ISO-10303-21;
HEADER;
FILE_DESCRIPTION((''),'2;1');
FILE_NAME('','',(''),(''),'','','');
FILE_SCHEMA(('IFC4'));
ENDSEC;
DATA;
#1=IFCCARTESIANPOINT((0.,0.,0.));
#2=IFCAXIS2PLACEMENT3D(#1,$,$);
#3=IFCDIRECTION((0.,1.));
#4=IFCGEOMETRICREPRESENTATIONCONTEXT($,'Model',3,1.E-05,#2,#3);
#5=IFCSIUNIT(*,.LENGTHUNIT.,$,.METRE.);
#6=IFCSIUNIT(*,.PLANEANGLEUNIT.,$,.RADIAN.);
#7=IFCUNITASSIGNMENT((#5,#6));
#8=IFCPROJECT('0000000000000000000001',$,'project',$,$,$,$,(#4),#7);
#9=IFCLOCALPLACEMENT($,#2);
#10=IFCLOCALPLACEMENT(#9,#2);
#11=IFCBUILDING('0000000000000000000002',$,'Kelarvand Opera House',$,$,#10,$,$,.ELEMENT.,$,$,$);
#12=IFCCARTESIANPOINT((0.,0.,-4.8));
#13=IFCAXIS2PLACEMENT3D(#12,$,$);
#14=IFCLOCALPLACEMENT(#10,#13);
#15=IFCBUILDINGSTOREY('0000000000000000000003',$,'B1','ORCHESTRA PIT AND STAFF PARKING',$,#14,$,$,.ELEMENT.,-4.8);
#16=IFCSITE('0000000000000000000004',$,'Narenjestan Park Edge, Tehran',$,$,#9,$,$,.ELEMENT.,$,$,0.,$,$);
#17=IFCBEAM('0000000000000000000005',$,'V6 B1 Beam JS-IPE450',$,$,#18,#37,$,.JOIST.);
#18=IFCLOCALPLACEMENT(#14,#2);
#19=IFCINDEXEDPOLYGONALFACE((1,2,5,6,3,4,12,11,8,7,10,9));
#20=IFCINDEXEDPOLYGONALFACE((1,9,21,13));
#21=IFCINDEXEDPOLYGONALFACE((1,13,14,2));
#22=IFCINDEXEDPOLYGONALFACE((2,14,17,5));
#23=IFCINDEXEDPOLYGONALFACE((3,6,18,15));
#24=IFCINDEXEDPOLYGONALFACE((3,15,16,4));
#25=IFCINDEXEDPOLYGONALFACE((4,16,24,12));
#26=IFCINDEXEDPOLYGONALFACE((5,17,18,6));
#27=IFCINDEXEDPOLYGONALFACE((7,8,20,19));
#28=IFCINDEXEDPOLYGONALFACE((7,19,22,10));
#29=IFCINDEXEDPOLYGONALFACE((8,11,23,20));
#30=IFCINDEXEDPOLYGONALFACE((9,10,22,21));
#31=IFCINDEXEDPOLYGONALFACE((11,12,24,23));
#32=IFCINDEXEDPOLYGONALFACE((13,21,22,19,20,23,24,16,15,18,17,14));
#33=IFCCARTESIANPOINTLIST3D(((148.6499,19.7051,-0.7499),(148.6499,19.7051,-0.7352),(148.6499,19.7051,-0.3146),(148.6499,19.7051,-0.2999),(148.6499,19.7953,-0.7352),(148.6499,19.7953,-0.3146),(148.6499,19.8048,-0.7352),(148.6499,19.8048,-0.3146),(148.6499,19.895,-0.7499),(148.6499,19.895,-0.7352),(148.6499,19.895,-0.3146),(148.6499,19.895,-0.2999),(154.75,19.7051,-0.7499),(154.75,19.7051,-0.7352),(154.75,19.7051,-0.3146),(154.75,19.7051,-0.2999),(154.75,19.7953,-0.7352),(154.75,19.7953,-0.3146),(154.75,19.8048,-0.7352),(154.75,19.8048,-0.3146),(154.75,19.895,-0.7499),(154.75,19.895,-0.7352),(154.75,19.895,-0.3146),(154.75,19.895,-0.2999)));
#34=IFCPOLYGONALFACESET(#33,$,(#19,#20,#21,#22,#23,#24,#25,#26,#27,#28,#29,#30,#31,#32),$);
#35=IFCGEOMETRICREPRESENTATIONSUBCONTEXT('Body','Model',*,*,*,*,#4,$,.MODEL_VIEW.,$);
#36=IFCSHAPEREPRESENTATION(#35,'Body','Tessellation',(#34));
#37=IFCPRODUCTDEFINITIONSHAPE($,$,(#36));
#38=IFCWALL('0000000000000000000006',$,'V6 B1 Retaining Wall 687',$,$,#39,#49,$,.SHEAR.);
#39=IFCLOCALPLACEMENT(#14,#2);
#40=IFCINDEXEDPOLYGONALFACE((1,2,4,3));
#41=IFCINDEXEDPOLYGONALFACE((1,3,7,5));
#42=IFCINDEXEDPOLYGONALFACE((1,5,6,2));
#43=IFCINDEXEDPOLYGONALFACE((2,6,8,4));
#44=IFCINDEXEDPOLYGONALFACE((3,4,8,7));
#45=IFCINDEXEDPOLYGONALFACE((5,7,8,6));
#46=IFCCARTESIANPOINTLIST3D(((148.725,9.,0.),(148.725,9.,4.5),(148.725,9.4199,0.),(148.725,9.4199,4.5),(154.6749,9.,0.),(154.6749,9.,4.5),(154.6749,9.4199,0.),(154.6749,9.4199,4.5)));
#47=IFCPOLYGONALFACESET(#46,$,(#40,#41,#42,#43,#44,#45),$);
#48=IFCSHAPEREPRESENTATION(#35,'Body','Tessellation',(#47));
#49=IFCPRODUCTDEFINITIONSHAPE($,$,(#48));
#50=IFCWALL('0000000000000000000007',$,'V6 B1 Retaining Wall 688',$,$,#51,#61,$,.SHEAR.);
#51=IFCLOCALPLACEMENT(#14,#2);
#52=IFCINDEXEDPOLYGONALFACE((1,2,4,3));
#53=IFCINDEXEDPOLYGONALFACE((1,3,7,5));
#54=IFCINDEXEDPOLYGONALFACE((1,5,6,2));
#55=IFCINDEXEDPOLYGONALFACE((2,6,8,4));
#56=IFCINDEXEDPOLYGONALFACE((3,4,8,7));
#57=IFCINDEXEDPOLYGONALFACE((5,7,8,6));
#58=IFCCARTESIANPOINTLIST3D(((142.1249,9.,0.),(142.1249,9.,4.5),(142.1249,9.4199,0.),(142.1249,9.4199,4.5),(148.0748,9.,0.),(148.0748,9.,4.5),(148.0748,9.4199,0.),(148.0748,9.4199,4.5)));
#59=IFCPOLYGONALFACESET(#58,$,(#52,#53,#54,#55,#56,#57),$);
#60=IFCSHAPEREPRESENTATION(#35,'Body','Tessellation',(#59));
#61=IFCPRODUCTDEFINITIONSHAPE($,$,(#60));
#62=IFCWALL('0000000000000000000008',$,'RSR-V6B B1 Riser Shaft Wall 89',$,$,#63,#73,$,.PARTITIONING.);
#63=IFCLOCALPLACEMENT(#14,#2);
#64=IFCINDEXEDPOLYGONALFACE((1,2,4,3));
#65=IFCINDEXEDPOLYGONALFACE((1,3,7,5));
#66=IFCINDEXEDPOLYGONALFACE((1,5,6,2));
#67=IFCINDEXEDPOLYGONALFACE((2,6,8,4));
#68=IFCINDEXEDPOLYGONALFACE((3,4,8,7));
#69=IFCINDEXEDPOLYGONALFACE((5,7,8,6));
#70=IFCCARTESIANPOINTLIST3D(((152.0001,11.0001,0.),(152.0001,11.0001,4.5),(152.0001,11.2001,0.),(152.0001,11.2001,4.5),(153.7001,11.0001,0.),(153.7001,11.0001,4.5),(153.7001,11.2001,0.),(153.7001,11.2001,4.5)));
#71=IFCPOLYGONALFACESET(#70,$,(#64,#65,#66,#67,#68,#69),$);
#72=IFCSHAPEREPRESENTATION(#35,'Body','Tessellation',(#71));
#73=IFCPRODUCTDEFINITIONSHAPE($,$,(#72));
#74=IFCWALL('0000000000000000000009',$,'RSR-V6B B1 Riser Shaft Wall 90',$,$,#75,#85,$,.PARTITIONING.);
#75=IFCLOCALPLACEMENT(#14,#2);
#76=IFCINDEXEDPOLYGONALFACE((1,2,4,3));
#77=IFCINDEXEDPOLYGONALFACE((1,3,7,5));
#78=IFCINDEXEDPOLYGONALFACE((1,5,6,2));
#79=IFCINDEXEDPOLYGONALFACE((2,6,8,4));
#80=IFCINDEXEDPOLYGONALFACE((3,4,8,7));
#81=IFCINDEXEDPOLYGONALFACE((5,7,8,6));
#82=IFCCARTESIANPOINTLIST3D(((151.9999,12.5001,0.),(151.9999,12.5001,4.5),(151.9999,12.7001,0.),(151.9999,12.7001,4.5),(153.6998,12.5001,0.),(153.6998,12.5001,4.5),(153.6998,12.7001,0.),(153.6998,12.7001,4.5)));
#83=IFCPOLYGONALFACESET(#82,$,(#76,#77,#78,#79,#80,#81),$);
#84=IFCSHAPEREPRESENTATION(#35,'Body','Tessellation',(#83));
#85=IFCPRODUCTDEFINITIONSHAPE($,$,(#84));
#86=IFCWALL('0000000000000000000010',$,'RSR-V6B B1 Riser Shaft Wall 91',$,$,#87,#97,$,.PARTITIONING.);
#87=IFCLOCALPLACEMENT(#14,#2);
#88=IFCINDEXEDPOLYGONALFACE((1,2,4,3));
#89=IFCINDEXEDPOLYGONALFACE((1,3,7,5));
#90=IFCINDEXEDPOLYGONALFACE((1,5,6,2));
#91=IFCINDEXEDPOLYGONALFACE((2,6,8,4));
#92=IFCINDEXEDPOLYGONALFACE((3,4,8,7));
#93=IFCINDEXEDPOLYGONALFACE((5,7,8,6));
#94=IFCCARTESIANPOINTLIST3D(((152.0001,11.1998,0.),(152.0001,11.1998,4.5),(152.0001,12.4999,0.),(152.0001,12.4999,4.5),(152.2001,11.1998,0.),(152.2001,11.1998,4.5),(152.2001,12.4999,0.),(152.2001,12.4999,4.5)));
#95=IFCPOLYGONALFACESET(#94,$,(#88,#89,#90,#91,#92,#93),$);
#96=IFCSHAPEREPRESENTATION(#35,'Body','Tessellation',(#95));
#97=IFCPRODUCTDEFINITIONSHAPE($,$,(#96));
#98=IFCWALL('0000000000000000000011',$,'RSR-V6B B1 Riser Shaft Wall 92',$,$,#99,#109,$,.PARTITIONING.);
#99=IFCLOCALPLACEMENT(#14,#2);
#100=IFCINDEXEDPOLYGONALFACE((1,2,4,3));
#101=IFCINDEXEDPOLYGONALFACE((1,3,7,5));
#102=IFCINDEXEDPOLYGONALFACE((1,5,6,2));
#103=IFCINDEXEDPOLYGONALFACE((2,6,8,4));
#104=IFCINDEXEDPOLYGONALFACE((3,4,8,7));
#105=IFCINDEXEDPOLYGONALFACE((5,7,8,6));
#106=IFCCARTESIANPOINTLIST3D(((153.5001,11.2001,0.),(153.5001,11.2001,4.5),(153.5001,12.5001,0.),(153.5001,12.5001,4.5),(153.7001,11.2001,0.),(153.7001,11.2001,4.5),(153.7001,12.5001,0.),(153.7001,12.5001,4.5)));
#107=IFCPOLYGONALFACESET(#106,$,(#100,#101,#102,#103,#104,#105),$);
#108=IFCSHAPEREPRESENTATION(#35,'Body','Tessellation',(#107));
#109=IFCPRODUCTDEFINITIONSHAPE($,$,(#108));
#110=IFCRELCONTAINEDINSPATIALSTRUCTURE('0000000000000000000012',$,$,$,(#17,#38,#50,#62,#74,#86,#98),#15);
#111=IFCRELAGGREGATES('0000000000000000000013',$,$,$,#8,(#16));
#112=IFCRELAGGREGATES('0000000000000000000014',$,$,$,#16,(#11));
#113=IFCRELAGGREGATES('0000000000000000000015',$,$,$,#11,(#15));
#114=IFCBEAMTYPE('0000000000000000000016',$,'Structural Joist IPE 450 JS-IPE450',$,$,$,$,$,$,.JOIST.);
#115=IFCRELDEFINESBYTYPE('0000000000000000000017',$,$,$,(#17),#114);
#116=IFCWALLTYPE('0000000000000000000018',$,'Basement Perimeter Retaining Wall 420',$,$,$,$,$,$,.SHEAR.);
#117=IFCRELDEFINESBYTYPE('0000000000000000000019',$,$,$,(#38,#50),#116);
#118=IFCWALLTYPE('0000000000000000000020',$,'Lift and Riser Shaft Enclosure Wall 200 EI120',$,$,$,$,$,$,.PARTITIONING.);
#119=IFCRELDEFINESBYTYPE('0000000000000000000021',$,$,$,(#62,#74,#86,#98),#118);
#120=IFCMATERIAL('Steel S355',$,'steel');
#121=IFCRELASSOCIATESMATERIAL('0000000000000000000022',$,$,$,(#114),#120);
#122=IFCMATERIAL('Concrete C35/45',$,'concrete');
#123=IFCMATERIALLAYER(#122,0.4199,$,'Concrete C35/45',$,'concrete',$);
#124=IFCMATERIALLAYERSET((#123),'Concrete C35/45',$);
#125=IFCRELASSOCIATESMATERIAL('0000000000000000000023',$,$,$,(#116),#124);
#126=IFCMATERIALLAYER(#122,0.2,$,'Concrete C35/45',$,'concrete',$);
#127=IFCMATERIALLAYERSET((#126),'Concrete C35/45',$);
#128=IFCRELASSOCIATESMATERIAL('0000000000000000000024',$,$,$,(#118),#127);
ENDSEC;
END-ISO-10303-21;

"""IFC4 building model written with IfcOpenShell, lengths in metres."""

from ifc_helpers import new_model, si_unit, direction, frame, frame_2d, origin, origin_2d, place, context, subcontext, project, spatial, rectangle, i_section, extrude, material, layer, layer_set, material_profile, profile_set, type_object, element, save


model = new_model("IFC4")

# Units and contexts
model_context = context("Model", 3, precision=1e-05, world=origin(), true_north=direction((0.0, 1.0)))
body_context = subcontext(model_context, "Body", "Model", "MODEL_VIEW")
ifc_project = project(units=[si_unit("LENGTHUNIT", "METRE"), si_unit("PLANEANGLEUNIT", "RADIAN")], contexts=[model_context])

# Site, building, storey
site_placement = place(None, origin())
site = spatial("IfcSite", under=ifc_project, at=site_placement, Name="Narenjestan Park Edge, Tehran", CompositionType="ELEMENT", RefElevation=0.0)
building_placement = place(site_placement, origin())
building = spatial("IfcBuilding", under=site, at=building_placement, Name="Kelarvand Opera House", CompositionType="ELEMENT")
storey_placement = place(building_placement, frame((0.0, 0.0, -4.8)))
storey = spatial("IfcBuildingStorey", under=building, at=storey_placement, Name="B1", Description="ORCHESTRA PIT AND STAFF PARKING", CompositionType="ELEMENT", Elevation=-4.8)

# Beam
ifc_material_1 = material(Name="Steel S355", Category="steel")
ifc_material_profile_1 = material_profile(ifc_material_1, i_section(OverallWidth=0.1899, OverallDepth=0.45, WebThickness=0.0095, FlangeThickness=0.0146, at=origin_2d()), Name="IPE 450", Category="steel")
ifc_profile_set_1 = profile_set([ifc_material_profile_1], Name="Steel S355")
beam_type_1 = type_object("IfcBeamType", Name="Structural Joist IPE 450 JS-IPE450", PredefinedType="JOIST", material=ifc_profile_set_1)
beam_1_placement = place(storey_placement, frame((148.6499, 19.8, -0.5249), z_axis=(1.0, 0.0, 0.0), x_axis=(0.0, 1.0, 0.0)))
element("IfcBeam", 1, at=beam_1_placement, inside=storey, type_object=beam_type_1, Name="V6 B1 Beam JS-IPE450", PredefinedType="JOIST", context=body_context, shape_type="SweptSolid", body=[
    extrude(i_section(OverallWidth=0.1899, OverallDepth=0.45, WebThickness=0.0095, FlangeThickness=0.0146, at=origin_2d()), origin(), (0.0, 0.0, 1.0), 6.1001),
])

# Walls
ifc_material_2 = material(Name="Concrete C35/45", Category="concrete")
ifc_layer_1 = layer(ifc_material_2, 0.4199, Name="Concrete C35/45", Category="concrete")
ifc_layer_set_1 = layer_set([ifc_layer_1], Name="Concrete C35/45")
wall_type_1 = type_object("IfcWallType", Name="Basement Perimeter Retaining Wall 420", PredefinedType="SHEAR", material=ifc_layer_set_1)
for number, where, z_axis, x_axis, name in (
    (2, (154.675, 9.21, 0.0), (0.0, 0.0, 1.0), (-1.0, 0.0, 0.0), "V6 B1 Retaining Wall 687"),
    (3, (148.075, 9.21, 0.0), (0.0, 0.0, 1.0), (-1.0, 0.0, 0.0), "V6 B1 Retaining Wall 688"),
):
    element("IfcWall", number, at=place(storey_placement, frame(where, z_axis=z_axis, x_axis=x_axis)), inside=storey, type_object=wall_type_1, Name=name, PredefinedType="SHEAR", context=body_context, shape_type="SweptSolid", body=[
        extrude(rectangle(XDim=5.95, YDim=0.4199, at=frame_2d((2.9751, 0.0))), origin(), (0.0, 0.0, 1.0), 4.5),
    ])
ifc_layer_2 = layer(ifc_material_2, 0.2, Name="Concrete C35/45", Category="concrete")
ifc_layer_set_2 = layer_set([ifc_layer_2], Name="Concrete C35/45")
wall_type_2 = type_object("IfcWallType", Name="Lift and Riser Shaft Enclosure Wall 200 EI120", PredefinedType="PARTITIONING", material=ifc_layer_set_2)
for number, where, z_axis, x_axis, name in (
    (4, (152.0, 11.1001, 0.0), (0.0, 0.0, 1.0), (1.0, 0.0, 0.0), "RSR-V6B B1 Riser Shaft Wall 89"),
    (5, (153.7, 12.6001, 0.0), (0.0, 0.0, 1.0), (-1.0, 0.0, 0.0), "RSR-V6B B1 Riser Shaft Wall 90"),
):
    element("IfcWall", number, at=place(storey_placement, frame(where, z_axis=z_axis, x_axis=x_axis)), inside=storey, type_object=wall_type_2, Name=name, PredefinedType="PARTITIONING", context=body_context, shape_type="SweptSolid", body=[
        extrude(rectangle(XDim=1.7, YDim=0.2, at=frame_2d((0.8501, 0.0))), origin(), (0.0, 0.0, 1.0), 4.5),
    ])
for number, where, z_axis, x_axis, name in (
    (6, (152.1001, 11.2, 0.0), (0.0, 0.0, 1.0), (0.0, 1.0, 0.0), "RSR-V6B B1 Riser Shaft Wall 91"),
    (7, (153.6001, 12.5, 0.0), (0.0, 0.0, 1.0), (0.0, -1.0, 0.0), "RSR-V6B B1 Riser Shaft Wall 92"),
):
    element("IfcWall", number, at=place(storey_placement, frame(where, z_axis=z_axis, x_axis=x_axis)), inside=storey, type_object=wall_type_2, Name=name, PredefinedType="PARTITIONING", context=body_context, shape_type="SweptSolid", body=[
        extrude(rectangle(XDim=1.3, YDim=0.2, at=frame_2d((0.6499, 0.0))), origin(), (0.0, 0.0, 1.0), 4.5),
    ])

save(model, "model.ifc")
